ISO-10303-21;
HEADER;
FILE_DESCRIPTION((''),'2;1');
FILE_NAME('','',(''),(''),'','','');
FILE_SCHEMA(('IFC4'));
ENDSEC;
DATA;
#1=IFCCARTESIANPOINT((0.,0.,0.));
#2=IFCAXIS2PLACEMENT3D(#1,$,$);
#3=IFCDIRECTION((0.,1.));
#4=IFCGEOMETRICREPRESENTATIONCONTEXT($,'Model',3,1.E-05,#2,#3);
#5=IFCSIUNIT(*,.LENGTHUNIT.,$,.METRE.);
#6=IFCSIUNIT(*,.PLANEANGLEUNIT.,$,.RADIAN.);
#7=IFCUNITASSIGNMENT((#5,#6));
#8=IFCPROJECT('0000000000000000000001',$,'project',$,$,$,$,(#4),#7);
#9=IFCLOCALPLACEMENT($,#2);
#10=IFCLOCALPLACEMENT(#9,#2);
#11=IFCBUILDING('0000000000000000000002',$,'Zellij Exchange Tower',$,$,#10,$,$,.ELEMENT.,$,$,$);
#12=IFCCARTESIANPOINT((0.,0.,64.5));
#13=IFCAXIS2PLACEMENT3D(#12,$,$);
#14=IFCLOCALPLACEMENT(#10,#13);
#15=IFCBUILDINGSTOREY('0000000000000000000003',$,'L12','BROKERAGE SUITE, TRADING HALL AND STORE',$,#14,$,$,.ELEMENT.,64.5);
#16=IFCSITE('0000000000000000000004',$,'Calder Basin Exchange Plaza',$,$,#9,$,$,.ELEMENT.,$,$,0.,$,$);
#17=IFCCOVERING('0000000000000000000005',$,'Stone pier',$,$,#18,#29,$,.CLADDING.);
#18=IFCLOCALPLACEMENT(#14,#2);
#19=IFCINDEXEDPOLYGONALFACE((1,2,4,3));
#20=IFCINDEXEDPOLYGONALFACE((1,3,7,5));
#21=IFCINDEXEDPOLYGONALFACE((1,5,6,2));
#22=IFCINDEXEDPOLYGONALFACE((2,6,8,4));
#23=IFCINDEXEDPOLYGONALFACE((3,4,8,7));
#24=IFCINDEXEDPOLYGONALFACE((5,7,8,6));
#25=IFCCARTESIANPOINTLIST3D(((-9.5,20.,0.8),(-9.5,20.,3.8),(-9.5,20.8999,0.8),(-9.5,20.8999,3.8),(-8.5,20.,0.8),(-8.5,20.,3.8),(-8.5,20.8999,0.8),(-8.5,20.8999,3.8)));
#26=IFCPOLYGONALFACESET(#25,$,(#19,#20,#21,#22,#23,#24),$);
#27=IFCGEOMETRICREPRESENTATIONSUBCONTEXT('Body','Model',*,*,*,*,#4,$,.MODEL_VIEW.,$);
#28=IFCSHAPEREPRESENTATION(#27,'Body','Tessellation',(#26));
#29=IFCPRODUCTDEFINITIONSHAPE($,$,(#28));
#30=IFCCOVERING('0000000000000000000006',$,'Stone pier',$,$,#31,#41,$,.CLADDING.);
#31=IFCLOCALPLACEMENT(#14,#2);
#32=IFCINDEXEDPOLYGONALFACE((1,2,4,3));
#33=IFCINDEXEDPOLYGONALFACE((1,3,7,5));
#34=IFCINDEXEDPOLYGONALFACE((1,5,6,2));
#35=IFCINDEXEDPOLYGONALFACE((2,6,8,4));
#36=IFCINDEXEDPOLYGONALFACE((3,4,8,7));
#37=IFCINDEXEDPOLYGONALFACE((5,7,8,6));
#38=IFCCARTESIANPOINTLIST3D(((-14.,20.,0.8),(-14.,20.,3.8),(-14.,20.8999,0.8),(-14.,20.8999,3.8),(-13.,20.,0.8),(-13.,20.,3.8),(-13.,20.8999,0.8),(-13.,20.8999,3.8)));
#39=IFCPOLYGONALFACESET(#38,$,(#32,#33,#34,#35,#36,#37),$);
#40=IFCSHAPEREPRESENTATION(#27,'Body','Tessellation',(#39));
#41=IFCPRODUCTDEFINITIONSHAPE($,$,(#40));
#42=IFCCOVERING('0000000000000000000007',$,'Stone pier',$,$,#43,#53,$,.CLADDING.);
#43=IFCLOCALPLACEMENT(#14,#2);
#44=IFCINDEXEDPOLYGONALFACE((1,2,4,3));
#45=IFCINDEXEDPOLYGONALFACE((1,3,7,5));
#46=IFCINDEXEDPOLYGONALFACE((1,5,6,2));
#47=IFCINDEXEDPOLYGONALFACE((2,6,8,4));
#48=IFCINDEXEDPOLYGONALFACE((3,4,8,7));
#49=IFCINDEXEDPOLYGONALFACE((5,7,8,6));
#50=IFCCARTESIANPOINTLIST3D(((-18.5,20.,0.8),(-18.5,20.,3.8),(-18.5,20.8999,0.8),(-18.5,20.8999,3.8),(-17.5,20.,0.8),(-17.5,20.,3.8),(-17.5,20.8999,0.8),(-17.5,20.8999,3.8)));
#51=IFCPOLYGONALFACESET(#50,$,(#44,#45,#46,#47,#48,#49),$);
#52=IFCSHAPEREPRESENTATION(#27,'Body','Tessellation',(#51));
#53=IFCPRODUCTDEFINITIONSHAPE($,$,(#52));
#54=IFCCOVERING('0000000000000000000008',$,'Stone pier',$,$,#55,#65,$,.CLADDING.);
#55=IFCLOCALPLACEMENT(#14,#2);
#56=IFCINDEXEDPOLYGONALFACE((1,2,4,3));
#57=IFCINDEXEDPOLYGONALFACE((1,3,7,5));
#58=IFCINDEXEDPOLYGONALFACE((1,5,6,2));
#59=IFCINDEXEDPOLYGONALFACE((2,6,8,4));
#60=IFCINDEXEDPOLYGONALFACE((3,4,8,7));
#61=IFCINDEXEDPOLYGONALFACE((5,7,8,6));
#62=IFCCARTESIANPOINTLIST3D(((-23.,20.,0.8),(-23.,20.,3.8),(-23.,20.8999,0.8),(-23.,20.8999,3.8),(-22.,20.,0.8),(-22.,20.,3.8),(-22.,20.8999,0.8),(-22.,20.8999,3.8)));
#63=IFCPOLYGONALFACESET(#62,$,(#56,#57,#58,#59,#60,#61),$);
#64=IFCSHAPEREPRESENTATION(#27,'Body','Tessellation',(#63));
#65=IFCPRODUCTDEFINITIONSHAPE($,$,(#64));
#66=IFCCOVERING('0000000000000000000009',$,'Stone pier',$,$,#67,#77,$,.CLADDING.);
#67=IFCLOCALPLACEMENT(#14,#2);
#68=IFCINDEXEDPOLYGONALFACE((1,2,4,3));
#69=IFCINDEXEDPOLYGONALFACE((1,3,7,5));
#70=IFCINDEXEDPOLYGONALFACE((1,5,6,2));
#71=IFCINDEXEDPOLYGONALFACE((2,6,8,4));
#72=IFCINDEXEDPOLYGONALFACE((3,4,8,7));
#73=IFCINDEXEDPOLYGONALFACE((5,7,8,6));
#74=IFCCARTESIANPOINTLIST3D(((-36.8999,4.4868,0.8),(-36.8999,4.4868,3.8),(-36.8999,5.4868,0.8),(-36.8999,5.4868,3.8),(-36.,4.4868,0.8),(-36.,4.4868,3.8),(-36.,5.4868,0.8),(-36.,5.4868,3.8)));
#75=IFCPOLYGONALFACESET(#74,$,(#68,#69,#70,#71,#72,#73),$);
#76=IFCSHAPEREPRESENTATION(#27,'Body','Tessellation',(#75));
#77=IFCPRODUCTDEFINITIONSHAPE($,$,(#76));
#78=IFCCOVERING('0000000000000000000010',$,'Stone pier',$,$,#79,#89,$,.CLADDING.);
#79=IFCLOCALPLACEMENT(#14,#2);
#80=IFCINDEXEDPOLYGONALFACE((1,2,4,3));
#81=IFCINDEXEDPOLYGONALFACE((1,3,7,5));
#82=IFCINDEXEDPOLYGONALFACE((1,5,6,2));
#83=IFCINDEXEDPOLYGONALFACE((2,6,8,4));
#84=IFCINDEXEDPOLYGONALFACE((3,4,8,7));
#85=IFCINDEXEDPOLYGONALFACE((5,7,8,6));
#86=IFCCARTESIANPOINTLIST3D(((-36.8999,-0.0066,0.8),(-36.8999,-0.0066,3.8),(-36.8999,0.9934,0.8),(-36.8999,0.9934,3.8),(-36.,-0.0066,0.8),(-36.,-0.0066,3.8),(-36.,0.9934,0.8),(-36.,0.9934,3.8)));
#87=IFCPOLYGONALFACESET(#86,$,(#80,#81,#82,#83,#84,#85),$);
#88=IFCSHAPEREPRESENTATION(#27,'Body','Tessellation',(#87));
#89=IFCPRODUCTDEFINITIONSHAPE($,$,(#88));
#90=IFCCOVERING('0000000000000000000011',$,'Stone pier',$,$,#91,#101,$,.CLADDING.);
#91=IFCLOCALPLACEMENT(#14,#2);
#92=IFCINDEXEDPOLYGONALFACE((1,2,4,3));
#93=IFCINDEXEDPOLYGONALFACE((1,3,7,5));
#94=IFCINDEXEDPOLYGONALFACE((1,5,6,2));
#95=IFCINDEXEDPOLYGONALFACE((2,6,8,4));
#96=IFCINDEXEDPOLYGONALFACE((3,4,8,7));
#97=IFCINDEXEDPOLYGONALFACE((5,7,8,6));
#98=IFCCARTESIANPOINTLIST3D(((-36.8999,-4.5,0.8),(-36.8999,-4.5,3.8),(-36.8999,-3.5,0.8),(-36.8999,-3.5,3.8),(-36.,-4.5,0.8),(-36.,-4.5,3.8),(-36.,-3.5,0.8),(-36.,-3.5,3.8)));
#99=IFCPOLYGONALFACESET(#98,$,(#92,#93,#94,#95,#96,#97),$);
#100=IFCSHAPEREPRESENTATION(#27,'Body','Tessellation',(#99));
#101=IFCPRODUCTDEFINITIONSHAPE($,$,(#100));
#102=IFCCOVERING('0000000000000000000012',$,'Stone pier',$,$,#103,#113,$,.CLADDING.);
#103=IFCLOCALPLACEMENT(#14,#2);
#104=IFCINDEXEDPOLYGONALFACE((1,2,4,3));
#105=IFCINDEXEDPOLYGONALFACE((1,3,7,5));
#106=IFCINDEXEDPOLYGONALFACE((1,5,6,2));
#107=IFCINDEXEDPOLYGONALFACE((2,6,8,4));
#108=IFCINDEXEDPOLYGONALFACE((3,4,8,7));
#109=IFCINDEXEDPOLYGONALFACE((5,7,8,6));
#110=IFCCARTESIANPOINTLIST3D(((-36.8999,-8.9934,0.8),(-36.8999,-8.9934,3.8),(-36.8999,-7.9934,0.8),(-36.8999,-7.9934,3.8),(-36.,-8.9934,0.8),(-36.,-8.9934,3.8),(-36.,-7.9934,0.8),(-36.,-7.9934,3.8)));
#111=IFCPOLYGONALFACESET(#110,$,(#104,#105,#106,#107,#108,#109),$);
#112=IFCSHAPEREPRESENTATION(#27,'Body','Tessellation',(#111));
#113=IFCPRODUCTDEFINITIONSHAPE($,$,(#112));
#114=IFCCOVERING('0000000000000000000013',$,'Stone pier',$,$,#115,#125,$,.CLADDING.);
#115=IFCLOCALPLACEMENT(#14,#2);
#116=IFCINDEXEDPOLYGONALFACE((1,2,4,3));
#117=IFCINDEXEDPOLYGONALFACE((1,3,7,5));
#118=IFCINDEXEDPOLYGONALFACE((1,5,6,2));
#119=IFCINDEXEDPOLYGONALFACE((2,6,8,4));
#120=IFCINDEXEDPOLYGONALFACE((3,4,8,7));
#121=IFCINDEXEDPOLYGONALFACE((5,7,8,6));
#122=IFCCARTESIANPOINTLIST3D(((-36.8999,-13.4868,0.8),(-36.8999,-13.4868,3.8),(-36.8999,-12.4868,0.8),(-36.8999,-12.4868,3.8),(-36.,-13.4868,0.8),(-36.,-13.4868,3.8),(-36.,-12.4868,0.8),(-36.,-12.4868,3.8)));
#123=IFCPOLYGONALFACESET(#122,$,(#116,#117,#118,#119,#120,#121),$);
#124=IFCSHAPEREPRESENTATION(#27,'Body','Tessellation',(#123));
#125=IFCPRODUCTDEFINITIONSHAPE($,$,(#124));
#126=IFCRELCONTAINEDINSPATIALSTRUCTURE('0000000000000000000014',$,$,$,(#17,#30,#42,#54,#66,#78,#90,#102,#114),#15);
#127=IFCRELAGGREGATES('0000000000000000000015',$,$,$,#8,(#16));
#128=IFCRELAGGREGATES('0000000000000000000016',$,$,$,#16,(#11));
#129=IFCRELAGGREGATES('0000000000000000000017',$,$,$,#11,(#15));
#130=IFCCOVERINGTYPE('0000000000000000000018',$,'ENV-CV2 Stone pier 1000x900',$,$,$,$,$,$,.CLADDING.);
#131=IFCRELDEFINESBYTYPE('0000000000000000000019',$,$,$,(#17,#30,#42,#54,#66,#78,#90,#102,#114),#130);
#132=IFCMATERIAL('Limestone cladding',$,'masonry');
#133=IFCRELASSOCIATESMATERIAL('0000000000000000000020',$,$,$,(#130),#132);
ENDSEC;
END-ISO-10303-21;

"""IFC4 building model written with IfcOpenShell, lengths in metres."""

from ifc_helpers import new_model, si_unit, direction, frame, origin, place, context, subcontext, project, spatial, polyline, outline, extrude, material, type_object, element, save


model = new_model("IFC4")

# Units and contexts
model_context = context("Model", 3, precision=1e-05, world=origin(), true_north=direction((0.0, 1.0)))
body_context = subcontext(model_context, "Body", "Model", "MODEL_VIEW")
ifc_project = project(units=[si_unit("LENGTHUNIT", "METRE"), si_unit("PLANEANGLEUNIT", "RADIAN")], contexts=[model_context])

# Site, building, storey
site_placement = place(None, origin())
site = spatial("IfcSite", under=ifc_project, at=site_placement, Name="Calder Basin Exchange Plaza", CompositionType="ELEMENT", RefElevation=0.0)
building_placement = place(site_placement, origin())
building = spatial("IfcBuilding", under=site, at=building_placement, Name="Zellij Exchange Tower", CompositionType="ELEMENT")
storey_placement = place(building_placement, frame((0.0, 0.0, 64.5)))
storey = spatial("IfcBuildingStorey", under=building, at=storey_placement, Name="L12", Description="BROKERAGE SUITE, TRADING HALL AND STORE", CompositionType="ELEMENT", Elevation=64.5)

# Coverings
ifc_material_1 = material(Name="Limestone cladding", Category="masonry")
covering_type_1 = type_object("IfcCoveringType", Name="ENV-CV2 Stone pier 1000x900", PredefinedType="CLADDING", material=ifc_material_1)
covering_1_placement = place(storey_placement, frame((0.0, 0.0, 0.8)))
element("IfcCovering", 1, at=covering_1_placement, inside=storey, type_object=covering_type_1, Name="Stone pier", PredefinedType="CLADDING", context=body_context, shape_type="SweptSolid", body=[
    extrude(outline(polyline([(-8.5, 20.0), (-9.5, 20.0), (-9.5, 20.8999), (-8.5, 20.8999), (-8.5, 20.0)])), origin(), (0.0, 0.0, 1.0), 3.0),
])
covering_2_placement = place(storey_placement, frame((0.0, 0.0, 0.8)))
element("IfcCovering", 2, at=covering_2_placement, inside=storey, type_object=covering_type_1, Name="Stone pier", PredefinedType="CLADDING", context=body_context, shape_type="SweptSolid", body=[
    extrude(outline(polyline([(-13.0, 20.0), (-14.0, 20.0), (-14.0, 20.8999), (-13.0, 20.8999), (-13.0, 20.0)])), origin(), (0.0, 0.0, 1.0), 3.0),
])
covering_3_placement = place(storey_placement, frame((0.0, 0.0, 0.8)))
element("IfcCovering", 3, at=covering_3_placement, inside=storey, type_object=covering_type_1, Name="Stone pier", PredefinedType="CLADDING", context=body_context, shape_type="SweptSolid", body=[
    extrude(outline(polyline([(-17.5, 20.0), (-18.5, 20.0), (-18.5, 20.8999), (-17.5, 20.8999), (-17.5, 20.0)])), origin(), (0.0, 0.0, 1.0), 3.0),
])
covering_4_placement = place(storey_placement, frame((0.0, 0.0, 0.8)))
element("IfcCovering", 4, at=covering_4_placement, inside=storey, type_object=covering_type_1, Name="Stone pier", PredefinedType="CLADDING", context=body_context, shape_type="SweptSolid", body=[
    extrude(outline(polyline([(-22.0, 20.0), (-23.0, 20.0), (-23.0, 20.8999), (-22.0, 20.8999), (-22.0, 20.0)])), origin(), (0.0, 0.0, 1.0), 3.0),
])
covering_5_placement = place(storey_placement, frame((0.0, 0.0, 0.8)))
element("IfcCovering", 5, at=covering_5_placement, inside=storey, type_object=covering_type_1, Name="Stone pier", PredefinedType="CLADDING", context=body_context, shape_type="SweptSolid", body=[
    extrude(outline(polyline([(-36.0, 5.4868), (-36.0, 4.4868), (-36.8999, 4.4868), (-36.8999, 5.4868), (-36.0, 5.4868)])), origin(), (0.0, 0.0, 1.0), 3.0),
])
covering_6_placement = place(storey_placement, frame((0.0, 0.0, 0.8)))
element("IfcCovering", 6, at=covering_6_placement, inside=storey, type_object=covering_type_1, Name="Stone pier", PredefinedType="CLADDING", context=body_context, shape_type="SweptSolid", body=[
    extrude(outline(polyline([(-36.0, 0.9934), (-36.0, -0.0066), (-36.8999, -0.0066), (-36.8999, 0.9934), (-36.0, 0.9934)])), origin(), (0.0, 0.0, 1.0), 3.0),
])
covering_7_placement = place(storey_placement, frame((0.0, 0.0, 0.8)))
element("IfcCovering", 7, at=covering_7_placement, inside=storey, type_object=covering_type_1, Name="Stone pier", PredefinedType="CLADDING", context=body_context, shape_type="SweptSolid", body=[
    extrude(outline(polyline([(-36.0, -3.5), (-36.0, -4.5), (-36.8999, -4.5), (-36.8999, -3.5), (-36.0, -3.5)])), origin(), (0.0, 0.0, 1.0), 3.0),
])
covering_8_placement = place(storey_placement, frame((0.0, 0.0, 0.8)))
element("IfcCovering", 8, at=covering_8_placement, inside=storey, type_object=covering_type_1, Name="Stone pier", PredefinedType="CLADDING", context=body_context, shape_type="SweptSolid", body=[
    extrude(outline(polyline([(-36.0, -7.9934), (-36.0, -8.9934), (-36.8999, -8.9934), (-36.8999, -7.9934), (-36.0, -7.9934)])), origin(), (0.0, 0.0, 1.0), 3.0),
])
covering_9_placement = place(storey_placement, frame((0.0, 0.0, 0.8)))
element("IfcCovering", 9, at=covering_9_placement, inside=storey, type_object=covering_type_1, Name="Stone pier", PredefinedType="CLADDING", context=body_context, shape_type="SweptSolid", body=[
    extrude(outline(polyline([(-36.0, -12.4868), (-36.0, -13.4868), (-36.8999, -13.4868), (-36.8999, -12.4868), (-36.0, -12.4868)])), origin(), (0.0, 0.0, 1.0), 3.0),
])

save(model, "model.ifc")
